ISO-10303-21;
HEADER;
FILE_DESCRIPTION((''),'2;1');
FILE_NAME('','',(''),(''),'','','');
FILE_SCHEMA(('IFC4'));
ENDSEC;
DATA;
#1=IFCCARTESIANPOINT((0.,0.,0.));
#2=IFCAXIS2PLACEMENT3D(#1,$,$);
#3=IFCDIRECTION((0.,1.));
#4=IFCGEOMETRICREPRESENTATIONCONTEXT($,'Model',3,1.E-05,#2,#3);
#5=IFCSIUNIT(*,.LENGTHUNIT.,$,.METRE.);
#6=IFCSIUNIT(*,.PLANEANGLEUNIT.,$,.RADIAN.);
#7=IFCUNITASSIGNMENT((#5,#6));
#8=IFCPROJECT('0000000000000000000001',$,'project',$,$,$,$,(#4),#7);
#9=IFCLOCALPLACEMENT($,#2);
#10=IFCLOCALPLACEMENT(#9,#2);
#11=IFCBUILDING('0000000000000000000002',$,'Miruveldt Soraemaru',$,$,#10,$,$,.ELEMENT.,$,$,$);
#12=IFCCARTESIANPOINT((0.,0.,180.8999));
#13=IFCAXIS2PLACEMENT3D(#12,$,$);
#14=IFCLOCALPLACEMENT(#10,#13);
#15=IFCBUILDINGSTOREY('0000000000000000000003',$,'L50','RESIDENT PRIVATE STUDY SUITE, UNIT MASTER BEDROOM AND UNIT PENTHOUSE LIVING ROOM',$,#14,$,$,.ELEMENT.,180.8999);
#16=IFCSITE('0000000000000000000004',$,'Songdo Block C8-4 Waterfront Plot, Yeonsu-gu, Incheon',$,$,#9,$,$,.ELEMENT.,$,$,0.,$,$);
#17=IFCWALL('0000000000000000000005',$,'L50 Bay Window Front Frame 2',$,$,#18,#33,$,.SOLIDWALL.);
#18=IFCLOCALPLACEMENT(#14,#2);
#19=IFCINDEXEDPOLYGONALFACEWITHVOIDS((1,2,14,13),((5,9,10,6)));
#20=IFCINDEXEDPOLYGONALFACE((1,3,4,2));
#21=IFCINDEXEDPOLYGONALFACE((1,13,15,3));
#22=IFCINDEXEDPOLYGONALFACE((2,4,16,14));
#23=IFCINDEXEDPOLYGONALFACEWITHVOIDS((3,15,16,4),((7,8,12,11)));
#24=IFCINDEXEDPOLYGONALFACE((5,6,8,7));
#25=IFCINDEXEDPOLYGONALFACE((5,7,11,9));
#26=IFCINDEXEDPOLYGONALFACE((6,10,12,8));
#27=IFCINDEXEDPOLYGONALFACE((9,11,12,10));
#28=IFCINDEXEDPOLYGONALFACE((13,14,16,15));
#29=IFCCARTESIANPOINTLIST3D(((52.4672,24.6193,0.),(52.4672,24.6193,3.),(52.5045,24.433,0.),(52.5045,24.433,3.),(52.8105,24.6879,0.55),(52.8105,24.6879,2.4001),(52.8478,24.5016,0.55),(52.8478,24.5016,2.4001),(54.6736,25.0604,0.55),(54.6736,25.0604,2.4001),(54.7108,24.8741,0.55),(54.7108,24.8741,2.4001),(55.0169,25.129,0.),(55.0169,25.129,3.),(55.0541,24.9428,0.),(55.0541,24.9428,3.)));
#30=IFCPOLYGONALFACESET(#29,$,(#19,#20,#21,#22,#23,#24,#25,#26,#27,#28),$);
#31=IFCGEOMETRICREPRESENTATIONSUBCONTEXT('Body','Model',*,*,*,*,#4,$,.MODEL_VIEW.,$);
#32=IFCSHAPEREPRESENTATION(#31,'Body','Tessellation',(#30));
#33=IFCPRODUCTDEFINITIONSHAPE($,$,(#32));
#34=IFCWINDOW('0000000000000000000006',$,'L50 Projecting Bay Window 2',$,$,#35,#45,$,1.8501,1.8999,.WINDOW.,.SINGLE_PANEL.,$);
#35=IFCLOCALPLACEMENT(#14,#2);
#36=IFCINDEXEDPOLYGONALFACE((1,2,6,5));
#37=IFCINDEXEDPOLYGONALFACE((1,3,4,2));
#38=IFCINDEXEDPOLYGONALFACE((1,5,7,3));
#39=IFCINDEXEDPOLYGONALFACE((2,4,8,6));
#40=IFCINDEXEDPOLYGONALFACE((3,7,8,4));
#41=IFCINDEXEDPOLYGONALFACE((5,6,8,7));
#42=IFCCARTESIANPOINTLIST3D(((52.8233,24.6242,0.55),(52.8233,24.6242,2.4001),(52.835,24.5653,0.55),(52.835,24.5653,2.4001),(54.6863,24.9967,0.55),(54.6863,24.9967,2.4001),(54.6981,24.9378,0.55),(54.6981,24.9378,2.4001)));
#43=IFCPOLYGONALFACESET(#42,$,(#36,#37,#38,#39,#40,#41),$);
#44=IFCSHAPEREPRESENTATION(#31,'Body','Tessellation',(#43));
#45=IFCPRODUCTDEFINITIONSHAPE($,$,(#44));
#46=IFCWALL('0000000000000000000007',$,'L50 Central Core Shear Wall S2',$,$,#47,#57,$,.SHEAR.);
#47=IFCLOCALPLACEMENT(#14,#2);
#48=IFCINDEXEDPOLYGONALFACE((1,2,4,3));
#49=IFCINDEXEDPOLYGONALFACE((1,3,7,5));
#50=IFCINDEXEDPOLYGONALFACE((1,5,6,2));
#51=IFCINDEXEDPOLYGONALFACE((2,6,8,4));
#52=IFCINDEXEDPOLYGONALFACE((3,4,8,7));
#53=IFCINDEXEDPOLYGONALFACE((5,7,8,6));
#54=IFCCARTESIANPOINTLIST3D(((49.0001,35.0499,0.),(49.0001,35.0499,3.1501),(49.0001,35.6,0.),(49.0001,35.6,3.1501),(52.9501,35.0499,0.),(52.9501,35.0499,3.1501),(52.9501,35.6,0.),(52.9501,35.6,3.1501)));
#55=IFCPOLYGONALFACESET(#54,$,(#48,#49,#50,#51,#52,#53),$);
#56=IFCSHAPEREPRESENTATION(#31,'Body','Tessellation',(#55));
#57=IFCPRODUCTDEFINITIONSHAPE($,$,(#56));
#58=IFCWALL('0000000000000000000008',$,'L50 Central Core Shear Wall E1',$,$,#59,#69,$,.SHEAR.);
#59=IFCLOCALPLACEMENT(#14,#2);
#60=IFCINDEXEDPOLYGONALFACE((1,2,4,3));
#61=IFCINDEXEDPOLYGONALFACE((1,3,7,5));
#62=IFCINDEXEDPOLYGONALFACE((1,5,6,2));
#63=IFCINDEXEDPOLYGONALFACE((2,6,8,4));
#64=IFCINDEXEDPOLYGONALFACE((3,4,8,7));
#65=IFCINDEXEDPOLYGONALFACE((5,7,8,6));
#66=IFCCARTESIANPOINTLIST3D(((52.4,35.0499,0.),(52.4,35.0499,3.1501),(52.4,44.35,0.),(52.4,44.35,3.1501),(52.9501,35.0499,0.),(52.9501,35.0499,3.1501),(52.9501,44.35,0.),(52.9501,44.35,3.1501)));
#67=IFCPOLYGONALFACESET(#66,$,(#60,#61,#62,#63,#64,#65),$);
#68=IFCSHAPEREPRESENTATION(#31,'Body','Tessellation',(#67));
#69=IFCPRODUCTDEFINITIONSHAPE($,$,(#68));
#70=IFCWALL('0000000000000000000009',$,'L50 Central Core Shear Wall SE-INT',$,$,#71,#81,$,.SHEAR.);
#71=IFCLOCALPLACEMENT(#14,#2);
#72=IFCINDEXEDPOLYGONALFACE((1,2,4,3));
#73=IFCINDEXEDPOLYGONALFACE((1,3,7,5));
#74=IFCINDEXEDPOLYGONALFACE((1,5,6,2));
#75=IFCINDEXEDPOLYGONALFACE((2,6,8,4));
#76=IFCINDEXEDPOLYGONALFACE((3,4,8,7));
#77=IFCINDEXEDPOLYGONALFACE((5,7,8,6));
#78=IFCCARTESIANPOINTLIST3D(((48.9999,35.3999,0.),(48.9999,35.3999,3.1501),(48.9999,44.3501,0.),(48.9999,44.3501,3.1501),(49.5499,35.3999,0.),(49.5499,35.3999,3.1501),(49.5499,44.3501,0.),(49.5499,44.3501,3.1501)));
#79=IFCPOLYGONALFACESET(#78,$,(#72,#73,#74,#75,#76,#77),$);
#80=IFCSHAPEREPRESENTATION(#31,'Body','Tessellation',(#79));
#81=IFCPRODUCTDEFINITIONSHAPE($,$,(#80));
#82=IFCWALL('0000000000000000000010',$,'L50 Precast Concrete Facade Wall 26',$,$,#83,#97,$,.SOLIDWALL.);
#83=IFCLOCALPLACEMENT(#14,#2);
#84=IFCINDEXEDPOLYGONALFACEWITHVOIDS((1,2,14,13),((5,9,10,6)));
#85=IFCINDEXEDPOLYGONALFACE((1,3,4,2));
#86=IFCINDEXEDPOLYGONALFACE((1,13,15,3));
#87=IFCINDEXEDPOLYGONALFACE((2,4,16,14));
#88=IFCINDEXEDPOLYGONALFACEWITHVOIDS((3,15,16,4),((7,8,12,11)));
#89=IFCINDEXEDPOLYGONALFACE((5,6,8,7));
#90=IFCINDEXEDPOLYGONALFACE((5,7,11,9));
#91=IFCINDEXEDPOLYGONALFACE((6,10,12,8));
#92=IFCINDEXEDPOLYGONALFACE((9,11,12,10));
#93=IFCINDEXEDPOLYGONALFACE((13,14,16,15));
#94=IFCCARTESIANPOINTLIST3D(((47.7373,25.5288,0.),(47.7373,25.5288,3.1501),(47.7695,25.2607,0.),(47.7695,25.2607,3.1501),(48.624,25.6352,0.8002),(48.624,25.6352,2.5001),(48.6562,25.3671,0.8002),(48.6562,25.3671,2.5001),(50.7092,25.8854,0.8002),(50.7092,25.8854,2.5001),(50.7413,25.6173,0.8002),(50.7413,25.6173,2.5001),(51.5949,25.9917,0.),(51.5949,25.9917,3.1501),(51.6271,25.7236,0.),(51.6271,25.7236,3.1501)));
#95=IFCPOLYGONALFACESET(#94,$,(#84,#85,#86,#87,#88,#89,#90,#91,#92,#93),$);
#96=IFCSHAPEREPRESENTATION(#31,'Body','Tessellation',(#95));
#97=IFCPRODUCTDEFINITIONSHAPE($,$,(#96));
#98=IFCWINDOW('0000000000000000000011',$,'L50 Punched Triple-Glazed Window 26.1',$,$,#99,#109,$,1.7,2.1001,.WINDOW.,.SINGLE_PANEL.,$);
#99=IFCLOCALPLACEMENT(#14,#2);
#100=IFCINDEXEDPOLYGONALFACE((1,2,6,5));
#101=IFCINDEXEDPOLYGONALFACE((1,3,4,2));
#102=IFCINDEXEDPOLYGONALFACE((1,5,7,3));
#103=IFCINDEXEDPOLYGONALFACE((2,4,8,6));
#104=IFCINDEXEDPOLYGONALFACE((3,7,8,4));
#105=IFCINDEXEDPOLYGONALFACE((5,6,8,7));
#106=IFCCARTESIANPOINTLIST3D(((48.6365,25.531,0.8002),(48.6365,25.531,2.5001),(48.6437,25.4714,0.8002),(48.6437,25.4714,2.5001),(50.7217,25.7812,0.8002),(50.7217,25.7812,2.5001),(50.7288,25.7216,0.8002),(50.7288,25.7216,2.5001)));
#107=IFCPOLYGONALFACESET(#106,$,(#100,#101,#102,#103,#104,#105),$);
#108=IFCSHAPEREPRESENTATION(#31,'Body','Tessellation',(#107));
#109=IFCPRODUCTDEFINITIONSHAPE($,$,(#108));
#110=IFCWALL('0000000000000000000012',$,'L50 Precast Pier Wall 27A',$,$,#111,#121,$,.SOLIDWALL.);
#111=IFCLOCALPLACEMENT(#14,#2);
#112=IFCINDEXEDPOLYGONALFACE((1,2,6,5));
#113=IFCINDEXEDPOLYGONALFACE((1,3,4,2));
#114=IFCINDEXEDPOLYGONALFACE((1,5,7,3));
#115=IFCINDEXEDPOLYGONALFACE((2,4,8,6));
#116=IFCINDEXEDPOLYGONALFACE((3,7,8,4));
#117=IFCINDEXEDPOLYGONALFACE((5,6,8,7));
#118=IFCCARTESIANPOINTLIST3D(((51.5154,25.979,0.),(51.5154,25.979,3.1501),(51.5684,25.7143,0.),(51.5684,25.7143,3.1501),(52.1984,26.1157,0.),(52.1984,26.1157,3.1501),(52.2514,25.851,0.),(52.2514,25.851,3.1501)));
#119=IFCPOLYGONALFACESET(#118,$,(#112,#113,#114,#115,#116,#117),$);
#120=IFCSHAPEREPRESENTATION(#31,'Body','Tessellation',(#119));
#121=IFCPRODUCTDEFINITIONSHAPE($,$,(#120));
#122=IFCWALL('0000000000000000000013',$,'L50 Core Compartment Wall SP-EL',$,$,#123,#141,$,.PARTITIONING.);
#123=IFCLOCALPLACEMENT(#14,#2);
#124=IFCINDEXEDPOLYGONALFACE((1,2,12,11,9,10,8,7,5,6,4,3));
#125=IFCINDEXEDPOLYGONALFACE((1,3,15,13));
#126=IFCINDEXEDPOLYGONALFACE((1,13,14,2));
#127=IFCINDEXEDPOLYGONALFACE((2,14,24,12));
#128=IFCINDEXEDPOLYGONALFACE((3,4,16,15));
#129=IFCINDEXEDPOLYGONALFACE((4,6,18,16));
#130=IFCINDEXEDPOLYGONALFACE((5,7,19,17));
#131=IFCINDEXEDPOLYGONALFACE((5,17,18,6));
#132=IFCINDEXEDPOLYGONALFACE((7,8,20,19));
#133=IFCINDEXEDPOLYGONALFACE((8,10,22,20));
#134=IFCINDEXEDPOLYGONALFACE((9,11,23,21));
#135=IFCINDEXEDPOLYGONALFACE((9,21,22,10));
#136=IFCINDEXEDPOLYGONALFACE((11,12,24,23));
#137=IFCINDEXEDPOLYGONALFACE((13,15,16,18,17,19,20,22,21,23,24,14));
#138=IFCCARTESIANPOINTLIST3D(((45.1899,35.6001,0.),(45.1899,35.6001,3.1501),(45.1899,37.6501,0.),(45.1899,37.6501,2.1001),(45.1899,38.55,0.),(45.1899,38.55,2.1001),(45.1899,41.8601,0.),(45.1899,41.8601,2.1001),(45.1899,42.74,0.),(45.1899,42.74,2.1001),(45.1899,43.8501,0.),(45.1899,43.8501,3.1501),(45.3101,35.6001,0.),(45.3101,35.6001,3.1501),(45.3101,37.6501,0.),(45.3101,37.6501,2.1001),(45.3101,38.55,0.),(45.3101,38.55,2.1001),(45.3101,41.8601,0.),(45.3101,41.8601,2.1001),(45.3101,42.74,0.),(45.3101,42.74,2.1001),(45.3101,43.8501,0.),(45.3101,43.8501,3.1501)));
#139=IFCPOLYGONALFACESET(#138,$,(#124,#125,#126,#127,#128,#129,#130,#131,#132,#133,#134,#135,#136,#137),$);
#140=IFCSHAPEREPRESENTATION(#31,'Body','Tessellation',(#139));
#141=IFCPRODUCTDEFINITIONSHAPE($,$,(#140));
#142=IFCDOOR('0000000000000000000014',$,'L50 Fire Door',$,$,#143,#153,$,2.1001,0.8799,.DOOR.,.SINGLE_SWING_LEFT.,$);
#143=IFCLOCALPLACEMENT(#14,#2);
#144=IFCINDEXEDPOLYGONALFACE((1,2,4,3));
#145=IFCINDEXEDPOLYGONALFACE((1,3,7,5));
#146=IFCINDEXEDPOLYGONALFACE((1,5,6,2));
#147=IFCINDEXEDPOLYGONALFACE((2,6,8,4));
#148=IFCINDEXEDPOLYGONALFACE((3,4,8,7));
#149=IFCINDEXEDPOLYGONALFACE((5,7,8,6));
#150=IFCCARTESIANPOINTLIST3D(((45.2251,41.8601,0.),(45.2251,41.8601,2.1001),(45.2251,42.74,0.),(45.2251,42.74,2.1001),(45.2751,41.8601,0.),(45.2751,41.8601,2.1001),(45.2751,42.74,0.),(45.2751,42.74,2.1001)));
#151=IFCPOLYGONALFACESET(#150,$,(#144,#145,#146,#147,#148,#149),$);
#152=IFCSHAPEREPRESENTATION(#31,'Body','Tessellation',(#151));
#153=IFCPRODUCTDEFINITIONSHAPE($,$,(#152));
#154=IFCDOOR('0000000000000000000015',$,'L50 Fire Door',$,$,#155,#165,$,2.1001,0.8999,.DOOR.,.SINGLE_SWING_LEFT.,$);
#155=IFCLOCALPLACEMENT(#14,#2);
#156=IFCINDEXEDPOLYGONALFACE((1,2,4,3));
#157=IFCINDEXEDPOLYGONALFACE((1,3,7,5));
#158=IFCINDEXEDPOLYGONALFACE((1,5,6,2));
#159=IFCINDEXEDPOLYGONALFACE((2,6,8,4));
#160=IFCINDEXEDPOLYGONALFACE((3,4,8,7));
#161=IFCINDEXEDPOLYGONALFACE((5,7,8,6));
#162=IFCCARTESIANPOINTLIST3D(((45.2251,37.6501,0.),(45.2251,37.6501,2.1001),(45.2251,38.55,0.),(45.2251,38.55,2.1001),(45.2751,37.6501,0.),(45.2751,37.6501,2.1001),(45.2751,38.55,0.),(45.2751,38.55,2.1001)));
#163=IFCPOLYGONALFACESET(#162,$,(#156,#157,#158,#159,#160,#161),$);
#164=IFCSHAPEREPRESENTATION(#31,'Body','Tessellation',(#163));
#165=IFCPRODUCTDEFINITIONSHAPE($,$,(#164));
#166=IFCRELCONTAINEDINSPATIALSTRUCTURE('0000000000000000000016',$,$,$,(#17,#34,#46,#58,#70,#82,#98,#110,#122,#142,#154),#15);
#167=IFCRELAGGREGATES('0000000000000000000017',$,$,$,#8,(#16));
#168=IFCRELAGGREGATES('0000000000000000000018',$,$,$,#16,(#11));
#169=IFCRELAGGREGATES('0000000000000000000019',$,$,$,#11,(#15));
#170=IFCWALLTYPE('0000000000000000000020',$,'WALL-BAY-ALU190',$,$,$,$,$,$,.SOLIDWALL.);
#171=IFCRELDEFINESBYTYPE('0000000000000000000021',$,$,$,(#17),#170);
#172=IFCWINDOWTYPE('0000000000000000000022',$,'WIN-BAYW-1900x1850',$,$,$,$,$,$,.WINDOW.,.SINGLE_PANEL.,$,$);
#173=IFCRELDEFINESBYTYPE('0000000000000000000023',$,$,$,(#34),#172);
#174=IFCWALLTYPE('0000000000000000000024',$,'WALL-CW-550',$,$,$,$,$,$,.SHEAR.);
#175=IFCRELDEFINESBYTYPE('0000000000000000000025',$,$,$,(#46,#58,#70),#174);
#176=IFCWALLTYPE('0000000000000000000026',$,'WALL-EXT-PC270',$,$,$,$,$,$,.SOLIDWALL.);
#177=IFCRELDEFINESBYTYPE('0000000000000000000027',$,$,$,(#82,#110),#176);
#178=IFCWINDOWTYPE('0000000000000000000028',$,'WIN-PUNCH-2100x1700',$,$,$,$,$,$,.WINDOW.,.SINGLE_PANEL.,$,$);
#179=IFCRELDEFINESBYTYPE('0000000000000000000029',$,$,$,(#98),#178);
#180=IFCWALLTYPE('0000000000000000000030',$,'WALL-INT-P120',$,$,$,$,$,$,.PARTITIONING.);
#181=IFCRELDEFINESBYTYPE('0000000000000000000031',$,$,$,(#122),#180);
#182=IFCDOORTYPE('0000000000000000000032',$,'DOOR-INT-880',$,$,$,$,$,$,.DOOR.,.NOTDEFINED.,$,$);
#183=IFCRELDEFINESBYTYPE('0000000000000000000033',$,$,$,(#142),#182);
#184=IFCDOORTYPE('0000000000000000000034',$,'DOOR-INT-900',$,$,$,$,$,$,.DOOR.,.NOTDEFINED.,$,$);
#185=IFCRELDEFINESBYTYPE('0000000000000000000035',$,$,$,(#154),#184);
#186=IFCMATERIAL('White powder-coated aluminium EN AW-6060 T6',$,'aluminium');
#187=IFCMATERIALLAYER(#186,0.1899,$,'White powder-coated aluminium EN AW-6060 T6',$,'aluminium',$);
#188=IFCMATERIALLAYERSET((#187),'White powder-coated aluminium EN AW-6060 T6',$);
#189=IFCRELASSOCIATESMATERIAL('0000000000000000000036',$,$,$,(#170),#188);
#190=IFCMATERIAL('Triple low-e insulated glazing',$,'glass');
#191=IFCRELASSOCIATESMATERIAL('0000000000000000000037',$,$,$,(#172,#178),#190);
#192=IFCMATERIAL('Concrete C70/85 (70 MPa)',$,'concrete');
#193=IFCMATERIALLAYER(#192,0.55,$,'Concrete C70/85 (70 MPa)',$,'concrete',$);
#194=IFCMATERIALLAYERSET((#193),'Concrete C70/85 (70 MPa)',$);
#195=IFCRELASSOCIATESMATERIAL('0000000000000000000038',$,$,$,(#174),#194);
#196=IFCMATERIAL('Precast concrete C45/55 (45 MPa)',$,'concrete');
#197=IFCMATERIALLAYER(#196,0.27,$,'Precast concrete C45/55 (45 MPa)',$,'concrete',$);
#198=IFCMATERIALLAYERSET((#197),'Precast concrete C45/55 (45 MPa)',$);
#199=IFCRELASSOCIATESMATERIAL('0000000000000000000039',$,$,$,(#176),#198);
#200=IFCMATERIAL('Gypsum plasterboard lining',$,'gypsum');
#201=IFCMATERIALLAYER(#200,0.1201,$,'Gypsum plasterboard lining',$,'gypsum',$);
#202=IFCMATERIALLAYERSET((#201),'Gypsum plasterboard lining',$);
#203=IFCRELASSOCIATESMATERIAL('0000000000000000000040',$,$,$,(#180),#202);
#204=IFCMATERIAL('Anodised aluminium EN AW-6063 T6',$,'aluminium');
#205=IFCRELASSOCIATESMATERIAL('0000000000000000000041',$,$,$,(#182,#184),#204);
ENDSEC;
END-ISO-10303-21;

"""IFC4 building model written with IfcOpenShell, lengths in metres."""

from ifc_helpers import new_model, si_unit, direction, frame, frame_2d, origin, place, context, subcontext, project, spatial, rectangle, extrude, material, layer, layer_set, type_object, element, fill, save


model = new_model("IFC4")

# Units and contexts
model_context = context("Model", 3, precision=1e-05, world=origin(), true_north=direction((0.0, 1.0)))
body_context = subcontext(model_context, "Body", "Model", "MODEL_VIEW")
ifc_project = project(units=[si_unit("LENGTHUNIT", "METRE"), si_unit("PLANEANGLEUNIT", "RADIAN")], contexts=[model_context])

# Site, building, storey
site_placement = place(None, origin())
site = spatial("IfcSite", under=ifc_project, at=site_placement, Name="Songdo Block C8-4 Waterfront Plot, Yeonsu-gu, Incheon", CompositionType="ELEMENT", RefElevation=0.0)
building_placement = place(site_placement, origin())
building = spatial("IfcBuilding", under=site, at=building_placement, Name="Miruveldt Soraemaru", CompositionType="ELEMENT")
storey_placement = place(building_placement, frame((0.0, 0.0, 180.8999)))
storey = spatial("IfcBuildingStorey", under=building, at=storey_placement, Name="L50", Description="RESIDENT PRIVATE STUDY SUITE, UNIT MASTER BEDROOM AND UNIT PENTHOUSE LIVING ROOM", CompositionType="ELEMENT", Elevation=180.8999)

# Shared definitions
ifc_material_1 = material(Name="Concrete C70/85 (70 MPa)", Category="concrete")

# Shared definitions
ifc_material_2 = material(Name="White powder-coated aluminium EN AW-6060 T6", Category="aluminium")
ifc_layer_1 = layer(ifc_material_2, 0.1899, Name="White powder-coated aluminium EN AW-6060 T6", Category="aluminium")
ifc_layer_set_1 = layer_set([ifc_layer_1], Name="White powder-coated aluminium EN AW-6060 T6")
wall_type_1 = type_object("IfcWallType", Name="WALL-BAY-ALU190", PredefinedType="SOLIDWALL", material=ifc_layer_set_1)

# Wall, opening, window
wall_1_placement = place(storey_placement, frame((52.4858, 24.5261, 0.0), z_axis=(0.0, 0.0, 1.0), x_axis=(0.980592, 0.196062, 0.0)))
wall_1 = element("IfcWall", 1, at=wall_1_placement, inside=storey, type_object=wall_type_1, Name="L50 Bay Window Front Frame 2", PredefinedType="SOLIDWALL", context=body_context, shape_type="SweptSolid", body=[
    extrude(rectangle(XDim=2.6001, YDim=0.1899, at=frame_2d((1.3, 0.0))), origin(), (0.0, 0.0, 1.0), 3.0),
])
opening_1_placement = place(wall_1_placement, frame((0.3501, 0.0, 0.55)))
opening_1 = element("IfcOpeningElement", 2, at=opening_1_placement, cuts=wall_1, PredefinedType="OPENING", context=body_context, shape_type="SweptSolid", body=[
    extrude(rectangle(XDim=1.8999, YDim=1.8501, at=frame_2d((0.95, 0.925))), frame((0.0, 0.105, 0.0), z_axis=(0.0, -1.0, 0.0), x_axis=(1.0, 0.0, 0.0)), (0.0, 0.0, 1.0), 0.21),
])
ifc_material_3 = material(Name="Triple low-e insulated glazing", Category="glass")
window_type_1 = type_object("IfcWindowType", Name="WIN-BAYW-1900x1850", PartitioningType="SINGLE_PANEL", PredefinedType="WINDOW", material=ifc_material_3)
window_1_placement = place(opening_1_placement, origin())
window_1 = element("IfcWindow", 3, at=window_1_placement, inside=storey, type_object=window_type_1, Name="L50 Projecting Bay Window 2", OverallHeight=1.8501, OverallWidth=1.8999, PartitioningType="SINGLE_PANEL", PredefinedType="WINDOW", context=body_context, shape_type="SweptSolid", body=[
    extrude(rectangle(XDim=1.8999, YDim=1.8501, at=frame_2d((0.95, 0.925))), frame((0.0, 0.03, 0.0), z_axis=(0.0, -1.0, 0.0), x_axis=(1.0, 0.0, 0.0)), (0.0, 0.0, 1.0), 0.0601),
])
fill(opening_1, window_1)

# Walls
ifc_layer_2 = layer(ifc_material_1, 0.55, Name="Concrete C70/85 (70 MPa)", Category="concrete")
ifc_layer_set_2 = layer_set([ifc_layer_2], Name="Concrete C70/85 (70 MPa)")
wall_type_2 = type_object("IfcWallType", Name="WALL-CW-550", PredefinedType="SHEAR", material=ifc_layer_set_2)
wall_2_placement = place(storey_placement, frame((49.0, 35.325, 0.0), z_axis=(0.0, 0.0, 1.0), x_axis=(1.0, 0.0, 0.0)))
element("IfcWall", 4, at=wall_2_placement, inside=storey, type_object=wall_type_2, Name="L50 Central Core Shear Wall S2", PredefinedType="SHEAR", context=body_context, shape_type="SweptSolid", body=[
    extrude(rectangle(XDim=3.95, YDim=0.55, at=frame_2d((1.9751, 0.0))), origin(), (0.0, 0.0, 1.0), 3.1501),
])
wall_3_placement = place(storey_placement, frame((52.675, 35.05, 0.0), z_axis=(0.0, 0.0, 1.0), x_axis=(0.0, 1.0, 0.0)))
element("IfcWall", 5, at=wall_3_placement, inside=storey, type_object=wall_type_2, Name="L50 Central Core Shear Wall E1", PredefinedType="SHEAR", context=body_context, shape_type="SweptSolid", body=[
    extrude(rectangle(XDim=9.3, YDim=0.55, at=frame_2d((4.6499, 0.0))), origin(), (0.0, 0.0, 1.0), 3.1501),
])
wall_4_placement = place(storey_placement, frame((49.2749, 35.3999, 0.0), z_axis=(0.0, 0.0, 1.0), x_axis=(0.0, 1.0, 0.0)))
element("IfcWall", 6, at=wall_4_placement, inside=storey, type_object=wall_type_2, Name="L50 Central Core Shear Wall SE-INT", PredefinedType="SHEAR", context=body_context, shape_type="SweptSolid", body=[
    extrude(rectangle(XDim=8.9502, YDim=0.55, at=frame_2d((4.4751, 0.0))), origin(), (0.0, 0.0, 1.0), 3.1501),
])

# Wall, opening, window
ifc_material_4 = material(Name="Precast concrete C45/55 (45 MPa)", Category="concrete")
ifc_layer_3 = layer(ifc_material_4, 0.27, Name="Precast concrete C45/55 (45 MPa)", Category="concrete")
ifc_layer_set_3 = layer_set([ifc_layer_3], Name="Precast concrete C45/55 (45 MPa)")
wall_type_3 = type_object("IfcWallType", Name="WALL-EXT-PC270", PredefinedType="SOLIDWALL", material=ifc_layer_set_3)
wall_5_placement = place(storey_placement, frame((47.7534, 25.3948, 0.0), z_axis=(0.0, 0.0, 1.0), x_axis=(0.992878, 0.119138, 0.0)))
wall_5 = element("IfcWall", 7, at=wall_5_placement, inside=storey, type_object=wall_type_3, Name="L50 Precast Concrete Facade Wall 26", PredefinedType="SOLIDWALL", context=body_context, shape_type="SweptSolid", body=[
    extrude(rectangle(XDim=3.8853, YDim=0.27, at=frame_2d((1.9426, 0.0))), origin(), (0.0, 0.0, 1.0), 3.1501),
])
opening_2_placement = place(wall_5_placement, frame((0.8931, 0.0, 0.8)))
opening_2 = element("IfcOpeningElement", 8, at=opening_2_placement, cuts=wall_5, PredefinedType="OPENING", context=body_context, shape_type="SweptSolid", body=[
    extrude(rectangle(XDim=2.1001, YDim=1.7, at=frame_2d((1.05, 0.8501))), frame((0.0, 0.145, 0.0), z_axis=(0.0, -1.0, 0.0), x_axis=(1.0, 0.0, 0.0)), (0.0, 0.0, 1.0), 0.29),
])
window_type_2 = type_object("IfcWindowType", Name="WIN-PUNCH-2100x1700", PartitioningType="SINGLE_PANEL", PredefinedType="WINDOW", material=ifc_material_3)
window_2_placement = place(opening_2_placement, origin())
window_2 = element("IfcWindow", 9, at=window_2_placement, inside=storey, type_object=window_type_2, Name="L50 Punched Triple-Glazed Window 26.1", OverallHeight=1.7, OverallWidth=2.1001, PartitioningType="SINGLE_PANEL", PredefinedType="WINDOW", context=body_context, shape_type="SweptSolid", body=[
    extrude(rectangle(XDim=2.1001, YDim=1.7, at=frame_2d((1.05, 0.8501))), frame((0.0, 0.03, 0.0), z_axis=(0.0, -1.0, 0.0), x_axis=(1.0, 0.0, 0.0)), (0.0, 0.0, 1.0), 0.0601),
])
fill(opening_2, window_2)

# Wall
wall_6_placement = place(storey_placement, frame((51.542, 25.8467, 0.0), z_axis=(0.0, 0.0, 1.0), x_axis=(0.980554, 0.196251, 0.0)))
element("IfcWall", 10, at=wall_6_placement, inside=storey, type_object=wall_type_3, Name="L50 Precast Pier Wall 27A", PredefinedType="SOLIDWALL", context=body_context, shape_type="SweptSolid", body=[
    extrude(rectangle(XDim=0.6965, YDim=0.27, at=frame_2d((0.3481, 0.0))), origin(), (0.0, 0.0, 1.0), 3.1501),
])

# Wall, openings, doors
ifc_material_5 = material(Name="Gypsum plasterboard lining", Category="gypsum")
ifc_layer_4 = layer(ifc_material_5, 0.1201, Name="Gypsum plasterboard lining", Category="gypsum")
ifc_layer_set_4 = layer_set([ifc_layer_4], Name="Gypsum plasterboard lining")
wall_type_4 = type_object("IfcWallType", Name="WALL-INT-P120", PredefinedType="PARTITIONING", material=ifc_layer_set_4)
wall_7_placement = place(storey_placement, frame((45.25, 35.6001, 0.0), z_axis=(0.0, 0.0, 1.0), x_axis=(0.0, 1.0, 0.0)))
wall_7 = element("IfcWall", 11, at=wall_7_placement, inside=storey, type_object=wall_type_4, Name="L50 Core Compartment Wall SP-EL", PredefinedType="PARTITIONING", context=body_context, shape_type="SweptSolid", body=[
    extrude(rectangle(XDim=8.25, YDim=0.1201, at=frame_2d((4.125, 0.0))), origin(), (0.0, 0.0, 1.0), 3.1501),
])
opening_3_placement = place(wall_7_placement, frame((2.05, 0.0, 0.0)))
opening_3 = element("IfcOpeningElement", 12, at=opening_3_placement, cuts=wall_7, PredefinedType="OPENING", context=body_context, shape_type="SweptSolid", body=[
    extrude(rectangle(XDim=0.8999, YDim=2.1001, at=frame_2d((0.45, 1.05))), frame((0.0, 0.0701, 0.0), z_axis=(0.0, -1.0, 0.0), x_axis=(1.0, 0.0, 0.0)), (0.0, 0.0, 1.0), 0.1401),
])
opening_4_placement = place(wall_7_placement, frame((6.26, 0.0, 0.0)))
opening_4 = element("IfcOpeningElement", 13, at=opening_4_placement, cuts=wall_7, PredefinedType="OPENING", context=body_context, shape_type="SweptSolid", body=[
    extrude(rectangle(XDim=0.8799, YDim=2.1001, at=frame_2d((0.4399, 1.05))), frame((0.0, 0.0701, 0.0), z_axis=(0.0, -1.0, 0.0), x_axis=(1.0, 0.0, 0.0)), (0.0, 0.0, 1.0), 0.1401),
])
ifc_material_6 = material(Name="Anodised aluminium EN AW-6063 T6", Category="aluminium")
door_type_1 = type_object("IfcDoorType", Name="DOOR-INT-880", OperationType="NOTDEFINED", PredefinedType="DOOR", material=ifc_material_6)
door_1_placement = place(opening_4_placement, origin())
door_1 = element("IfcDoor", 14, at=door_1_placement, inside=storey, type_object=door_type_1, Name="L50 Fire Door", OperationType="SINGLE_SWING_LEFT", OverallHeight=2.1001, OverallWidth=0.8799, PredefinedType="DOOR", context=body_context, shape_type="SweptSolid", body=[
    extrude(rectangle(XDim=0.8799, YDim=2.1001, at=frame_2d((0.4399, 1.05))), frame((0.0, 0.0249, 0.0), z_axis=(0.0, -1.0, 0.0), x_axis=(1.0, 0.0, 0.0)), (0.0, 0.0, 1.0), 0.05),
])
fill(opening_4, door_1)
door_type_2 = type_object("IfcDoorType", Name="DOOR-INT-900", OperationType="NOTDEFINED", PredefinedType="DOOR", material=ifc_material_6)
door_2_placement = place(opening_3_placement, origin())
door_2 = element("IfcDoor", 15, at=door_2_placement, inside=storey, type_object=door_type_2, Name="L50 Fire Door", OperationType="SINGLE_SWING_LEFT", OverallHeight=2.1001, OverallWidth=0.8999, PredefinedType="DOOR", context=body_context, shape_type="SweptSolid", body=[
    extrude(rectangle(XDim=0.8999, YDim=2.1001, at=frame_2d((0.45, 1.05))), frame((0.0, 0.0249, 0.0), z_axis=(0.0, -1.0, 0.0), x_axis=(1.0, 0.0, 0.0)), (0.0, 0.0, 1.0), 0.05),
])
fill(opening_3, door_2)

save(model, "model.ifc")
